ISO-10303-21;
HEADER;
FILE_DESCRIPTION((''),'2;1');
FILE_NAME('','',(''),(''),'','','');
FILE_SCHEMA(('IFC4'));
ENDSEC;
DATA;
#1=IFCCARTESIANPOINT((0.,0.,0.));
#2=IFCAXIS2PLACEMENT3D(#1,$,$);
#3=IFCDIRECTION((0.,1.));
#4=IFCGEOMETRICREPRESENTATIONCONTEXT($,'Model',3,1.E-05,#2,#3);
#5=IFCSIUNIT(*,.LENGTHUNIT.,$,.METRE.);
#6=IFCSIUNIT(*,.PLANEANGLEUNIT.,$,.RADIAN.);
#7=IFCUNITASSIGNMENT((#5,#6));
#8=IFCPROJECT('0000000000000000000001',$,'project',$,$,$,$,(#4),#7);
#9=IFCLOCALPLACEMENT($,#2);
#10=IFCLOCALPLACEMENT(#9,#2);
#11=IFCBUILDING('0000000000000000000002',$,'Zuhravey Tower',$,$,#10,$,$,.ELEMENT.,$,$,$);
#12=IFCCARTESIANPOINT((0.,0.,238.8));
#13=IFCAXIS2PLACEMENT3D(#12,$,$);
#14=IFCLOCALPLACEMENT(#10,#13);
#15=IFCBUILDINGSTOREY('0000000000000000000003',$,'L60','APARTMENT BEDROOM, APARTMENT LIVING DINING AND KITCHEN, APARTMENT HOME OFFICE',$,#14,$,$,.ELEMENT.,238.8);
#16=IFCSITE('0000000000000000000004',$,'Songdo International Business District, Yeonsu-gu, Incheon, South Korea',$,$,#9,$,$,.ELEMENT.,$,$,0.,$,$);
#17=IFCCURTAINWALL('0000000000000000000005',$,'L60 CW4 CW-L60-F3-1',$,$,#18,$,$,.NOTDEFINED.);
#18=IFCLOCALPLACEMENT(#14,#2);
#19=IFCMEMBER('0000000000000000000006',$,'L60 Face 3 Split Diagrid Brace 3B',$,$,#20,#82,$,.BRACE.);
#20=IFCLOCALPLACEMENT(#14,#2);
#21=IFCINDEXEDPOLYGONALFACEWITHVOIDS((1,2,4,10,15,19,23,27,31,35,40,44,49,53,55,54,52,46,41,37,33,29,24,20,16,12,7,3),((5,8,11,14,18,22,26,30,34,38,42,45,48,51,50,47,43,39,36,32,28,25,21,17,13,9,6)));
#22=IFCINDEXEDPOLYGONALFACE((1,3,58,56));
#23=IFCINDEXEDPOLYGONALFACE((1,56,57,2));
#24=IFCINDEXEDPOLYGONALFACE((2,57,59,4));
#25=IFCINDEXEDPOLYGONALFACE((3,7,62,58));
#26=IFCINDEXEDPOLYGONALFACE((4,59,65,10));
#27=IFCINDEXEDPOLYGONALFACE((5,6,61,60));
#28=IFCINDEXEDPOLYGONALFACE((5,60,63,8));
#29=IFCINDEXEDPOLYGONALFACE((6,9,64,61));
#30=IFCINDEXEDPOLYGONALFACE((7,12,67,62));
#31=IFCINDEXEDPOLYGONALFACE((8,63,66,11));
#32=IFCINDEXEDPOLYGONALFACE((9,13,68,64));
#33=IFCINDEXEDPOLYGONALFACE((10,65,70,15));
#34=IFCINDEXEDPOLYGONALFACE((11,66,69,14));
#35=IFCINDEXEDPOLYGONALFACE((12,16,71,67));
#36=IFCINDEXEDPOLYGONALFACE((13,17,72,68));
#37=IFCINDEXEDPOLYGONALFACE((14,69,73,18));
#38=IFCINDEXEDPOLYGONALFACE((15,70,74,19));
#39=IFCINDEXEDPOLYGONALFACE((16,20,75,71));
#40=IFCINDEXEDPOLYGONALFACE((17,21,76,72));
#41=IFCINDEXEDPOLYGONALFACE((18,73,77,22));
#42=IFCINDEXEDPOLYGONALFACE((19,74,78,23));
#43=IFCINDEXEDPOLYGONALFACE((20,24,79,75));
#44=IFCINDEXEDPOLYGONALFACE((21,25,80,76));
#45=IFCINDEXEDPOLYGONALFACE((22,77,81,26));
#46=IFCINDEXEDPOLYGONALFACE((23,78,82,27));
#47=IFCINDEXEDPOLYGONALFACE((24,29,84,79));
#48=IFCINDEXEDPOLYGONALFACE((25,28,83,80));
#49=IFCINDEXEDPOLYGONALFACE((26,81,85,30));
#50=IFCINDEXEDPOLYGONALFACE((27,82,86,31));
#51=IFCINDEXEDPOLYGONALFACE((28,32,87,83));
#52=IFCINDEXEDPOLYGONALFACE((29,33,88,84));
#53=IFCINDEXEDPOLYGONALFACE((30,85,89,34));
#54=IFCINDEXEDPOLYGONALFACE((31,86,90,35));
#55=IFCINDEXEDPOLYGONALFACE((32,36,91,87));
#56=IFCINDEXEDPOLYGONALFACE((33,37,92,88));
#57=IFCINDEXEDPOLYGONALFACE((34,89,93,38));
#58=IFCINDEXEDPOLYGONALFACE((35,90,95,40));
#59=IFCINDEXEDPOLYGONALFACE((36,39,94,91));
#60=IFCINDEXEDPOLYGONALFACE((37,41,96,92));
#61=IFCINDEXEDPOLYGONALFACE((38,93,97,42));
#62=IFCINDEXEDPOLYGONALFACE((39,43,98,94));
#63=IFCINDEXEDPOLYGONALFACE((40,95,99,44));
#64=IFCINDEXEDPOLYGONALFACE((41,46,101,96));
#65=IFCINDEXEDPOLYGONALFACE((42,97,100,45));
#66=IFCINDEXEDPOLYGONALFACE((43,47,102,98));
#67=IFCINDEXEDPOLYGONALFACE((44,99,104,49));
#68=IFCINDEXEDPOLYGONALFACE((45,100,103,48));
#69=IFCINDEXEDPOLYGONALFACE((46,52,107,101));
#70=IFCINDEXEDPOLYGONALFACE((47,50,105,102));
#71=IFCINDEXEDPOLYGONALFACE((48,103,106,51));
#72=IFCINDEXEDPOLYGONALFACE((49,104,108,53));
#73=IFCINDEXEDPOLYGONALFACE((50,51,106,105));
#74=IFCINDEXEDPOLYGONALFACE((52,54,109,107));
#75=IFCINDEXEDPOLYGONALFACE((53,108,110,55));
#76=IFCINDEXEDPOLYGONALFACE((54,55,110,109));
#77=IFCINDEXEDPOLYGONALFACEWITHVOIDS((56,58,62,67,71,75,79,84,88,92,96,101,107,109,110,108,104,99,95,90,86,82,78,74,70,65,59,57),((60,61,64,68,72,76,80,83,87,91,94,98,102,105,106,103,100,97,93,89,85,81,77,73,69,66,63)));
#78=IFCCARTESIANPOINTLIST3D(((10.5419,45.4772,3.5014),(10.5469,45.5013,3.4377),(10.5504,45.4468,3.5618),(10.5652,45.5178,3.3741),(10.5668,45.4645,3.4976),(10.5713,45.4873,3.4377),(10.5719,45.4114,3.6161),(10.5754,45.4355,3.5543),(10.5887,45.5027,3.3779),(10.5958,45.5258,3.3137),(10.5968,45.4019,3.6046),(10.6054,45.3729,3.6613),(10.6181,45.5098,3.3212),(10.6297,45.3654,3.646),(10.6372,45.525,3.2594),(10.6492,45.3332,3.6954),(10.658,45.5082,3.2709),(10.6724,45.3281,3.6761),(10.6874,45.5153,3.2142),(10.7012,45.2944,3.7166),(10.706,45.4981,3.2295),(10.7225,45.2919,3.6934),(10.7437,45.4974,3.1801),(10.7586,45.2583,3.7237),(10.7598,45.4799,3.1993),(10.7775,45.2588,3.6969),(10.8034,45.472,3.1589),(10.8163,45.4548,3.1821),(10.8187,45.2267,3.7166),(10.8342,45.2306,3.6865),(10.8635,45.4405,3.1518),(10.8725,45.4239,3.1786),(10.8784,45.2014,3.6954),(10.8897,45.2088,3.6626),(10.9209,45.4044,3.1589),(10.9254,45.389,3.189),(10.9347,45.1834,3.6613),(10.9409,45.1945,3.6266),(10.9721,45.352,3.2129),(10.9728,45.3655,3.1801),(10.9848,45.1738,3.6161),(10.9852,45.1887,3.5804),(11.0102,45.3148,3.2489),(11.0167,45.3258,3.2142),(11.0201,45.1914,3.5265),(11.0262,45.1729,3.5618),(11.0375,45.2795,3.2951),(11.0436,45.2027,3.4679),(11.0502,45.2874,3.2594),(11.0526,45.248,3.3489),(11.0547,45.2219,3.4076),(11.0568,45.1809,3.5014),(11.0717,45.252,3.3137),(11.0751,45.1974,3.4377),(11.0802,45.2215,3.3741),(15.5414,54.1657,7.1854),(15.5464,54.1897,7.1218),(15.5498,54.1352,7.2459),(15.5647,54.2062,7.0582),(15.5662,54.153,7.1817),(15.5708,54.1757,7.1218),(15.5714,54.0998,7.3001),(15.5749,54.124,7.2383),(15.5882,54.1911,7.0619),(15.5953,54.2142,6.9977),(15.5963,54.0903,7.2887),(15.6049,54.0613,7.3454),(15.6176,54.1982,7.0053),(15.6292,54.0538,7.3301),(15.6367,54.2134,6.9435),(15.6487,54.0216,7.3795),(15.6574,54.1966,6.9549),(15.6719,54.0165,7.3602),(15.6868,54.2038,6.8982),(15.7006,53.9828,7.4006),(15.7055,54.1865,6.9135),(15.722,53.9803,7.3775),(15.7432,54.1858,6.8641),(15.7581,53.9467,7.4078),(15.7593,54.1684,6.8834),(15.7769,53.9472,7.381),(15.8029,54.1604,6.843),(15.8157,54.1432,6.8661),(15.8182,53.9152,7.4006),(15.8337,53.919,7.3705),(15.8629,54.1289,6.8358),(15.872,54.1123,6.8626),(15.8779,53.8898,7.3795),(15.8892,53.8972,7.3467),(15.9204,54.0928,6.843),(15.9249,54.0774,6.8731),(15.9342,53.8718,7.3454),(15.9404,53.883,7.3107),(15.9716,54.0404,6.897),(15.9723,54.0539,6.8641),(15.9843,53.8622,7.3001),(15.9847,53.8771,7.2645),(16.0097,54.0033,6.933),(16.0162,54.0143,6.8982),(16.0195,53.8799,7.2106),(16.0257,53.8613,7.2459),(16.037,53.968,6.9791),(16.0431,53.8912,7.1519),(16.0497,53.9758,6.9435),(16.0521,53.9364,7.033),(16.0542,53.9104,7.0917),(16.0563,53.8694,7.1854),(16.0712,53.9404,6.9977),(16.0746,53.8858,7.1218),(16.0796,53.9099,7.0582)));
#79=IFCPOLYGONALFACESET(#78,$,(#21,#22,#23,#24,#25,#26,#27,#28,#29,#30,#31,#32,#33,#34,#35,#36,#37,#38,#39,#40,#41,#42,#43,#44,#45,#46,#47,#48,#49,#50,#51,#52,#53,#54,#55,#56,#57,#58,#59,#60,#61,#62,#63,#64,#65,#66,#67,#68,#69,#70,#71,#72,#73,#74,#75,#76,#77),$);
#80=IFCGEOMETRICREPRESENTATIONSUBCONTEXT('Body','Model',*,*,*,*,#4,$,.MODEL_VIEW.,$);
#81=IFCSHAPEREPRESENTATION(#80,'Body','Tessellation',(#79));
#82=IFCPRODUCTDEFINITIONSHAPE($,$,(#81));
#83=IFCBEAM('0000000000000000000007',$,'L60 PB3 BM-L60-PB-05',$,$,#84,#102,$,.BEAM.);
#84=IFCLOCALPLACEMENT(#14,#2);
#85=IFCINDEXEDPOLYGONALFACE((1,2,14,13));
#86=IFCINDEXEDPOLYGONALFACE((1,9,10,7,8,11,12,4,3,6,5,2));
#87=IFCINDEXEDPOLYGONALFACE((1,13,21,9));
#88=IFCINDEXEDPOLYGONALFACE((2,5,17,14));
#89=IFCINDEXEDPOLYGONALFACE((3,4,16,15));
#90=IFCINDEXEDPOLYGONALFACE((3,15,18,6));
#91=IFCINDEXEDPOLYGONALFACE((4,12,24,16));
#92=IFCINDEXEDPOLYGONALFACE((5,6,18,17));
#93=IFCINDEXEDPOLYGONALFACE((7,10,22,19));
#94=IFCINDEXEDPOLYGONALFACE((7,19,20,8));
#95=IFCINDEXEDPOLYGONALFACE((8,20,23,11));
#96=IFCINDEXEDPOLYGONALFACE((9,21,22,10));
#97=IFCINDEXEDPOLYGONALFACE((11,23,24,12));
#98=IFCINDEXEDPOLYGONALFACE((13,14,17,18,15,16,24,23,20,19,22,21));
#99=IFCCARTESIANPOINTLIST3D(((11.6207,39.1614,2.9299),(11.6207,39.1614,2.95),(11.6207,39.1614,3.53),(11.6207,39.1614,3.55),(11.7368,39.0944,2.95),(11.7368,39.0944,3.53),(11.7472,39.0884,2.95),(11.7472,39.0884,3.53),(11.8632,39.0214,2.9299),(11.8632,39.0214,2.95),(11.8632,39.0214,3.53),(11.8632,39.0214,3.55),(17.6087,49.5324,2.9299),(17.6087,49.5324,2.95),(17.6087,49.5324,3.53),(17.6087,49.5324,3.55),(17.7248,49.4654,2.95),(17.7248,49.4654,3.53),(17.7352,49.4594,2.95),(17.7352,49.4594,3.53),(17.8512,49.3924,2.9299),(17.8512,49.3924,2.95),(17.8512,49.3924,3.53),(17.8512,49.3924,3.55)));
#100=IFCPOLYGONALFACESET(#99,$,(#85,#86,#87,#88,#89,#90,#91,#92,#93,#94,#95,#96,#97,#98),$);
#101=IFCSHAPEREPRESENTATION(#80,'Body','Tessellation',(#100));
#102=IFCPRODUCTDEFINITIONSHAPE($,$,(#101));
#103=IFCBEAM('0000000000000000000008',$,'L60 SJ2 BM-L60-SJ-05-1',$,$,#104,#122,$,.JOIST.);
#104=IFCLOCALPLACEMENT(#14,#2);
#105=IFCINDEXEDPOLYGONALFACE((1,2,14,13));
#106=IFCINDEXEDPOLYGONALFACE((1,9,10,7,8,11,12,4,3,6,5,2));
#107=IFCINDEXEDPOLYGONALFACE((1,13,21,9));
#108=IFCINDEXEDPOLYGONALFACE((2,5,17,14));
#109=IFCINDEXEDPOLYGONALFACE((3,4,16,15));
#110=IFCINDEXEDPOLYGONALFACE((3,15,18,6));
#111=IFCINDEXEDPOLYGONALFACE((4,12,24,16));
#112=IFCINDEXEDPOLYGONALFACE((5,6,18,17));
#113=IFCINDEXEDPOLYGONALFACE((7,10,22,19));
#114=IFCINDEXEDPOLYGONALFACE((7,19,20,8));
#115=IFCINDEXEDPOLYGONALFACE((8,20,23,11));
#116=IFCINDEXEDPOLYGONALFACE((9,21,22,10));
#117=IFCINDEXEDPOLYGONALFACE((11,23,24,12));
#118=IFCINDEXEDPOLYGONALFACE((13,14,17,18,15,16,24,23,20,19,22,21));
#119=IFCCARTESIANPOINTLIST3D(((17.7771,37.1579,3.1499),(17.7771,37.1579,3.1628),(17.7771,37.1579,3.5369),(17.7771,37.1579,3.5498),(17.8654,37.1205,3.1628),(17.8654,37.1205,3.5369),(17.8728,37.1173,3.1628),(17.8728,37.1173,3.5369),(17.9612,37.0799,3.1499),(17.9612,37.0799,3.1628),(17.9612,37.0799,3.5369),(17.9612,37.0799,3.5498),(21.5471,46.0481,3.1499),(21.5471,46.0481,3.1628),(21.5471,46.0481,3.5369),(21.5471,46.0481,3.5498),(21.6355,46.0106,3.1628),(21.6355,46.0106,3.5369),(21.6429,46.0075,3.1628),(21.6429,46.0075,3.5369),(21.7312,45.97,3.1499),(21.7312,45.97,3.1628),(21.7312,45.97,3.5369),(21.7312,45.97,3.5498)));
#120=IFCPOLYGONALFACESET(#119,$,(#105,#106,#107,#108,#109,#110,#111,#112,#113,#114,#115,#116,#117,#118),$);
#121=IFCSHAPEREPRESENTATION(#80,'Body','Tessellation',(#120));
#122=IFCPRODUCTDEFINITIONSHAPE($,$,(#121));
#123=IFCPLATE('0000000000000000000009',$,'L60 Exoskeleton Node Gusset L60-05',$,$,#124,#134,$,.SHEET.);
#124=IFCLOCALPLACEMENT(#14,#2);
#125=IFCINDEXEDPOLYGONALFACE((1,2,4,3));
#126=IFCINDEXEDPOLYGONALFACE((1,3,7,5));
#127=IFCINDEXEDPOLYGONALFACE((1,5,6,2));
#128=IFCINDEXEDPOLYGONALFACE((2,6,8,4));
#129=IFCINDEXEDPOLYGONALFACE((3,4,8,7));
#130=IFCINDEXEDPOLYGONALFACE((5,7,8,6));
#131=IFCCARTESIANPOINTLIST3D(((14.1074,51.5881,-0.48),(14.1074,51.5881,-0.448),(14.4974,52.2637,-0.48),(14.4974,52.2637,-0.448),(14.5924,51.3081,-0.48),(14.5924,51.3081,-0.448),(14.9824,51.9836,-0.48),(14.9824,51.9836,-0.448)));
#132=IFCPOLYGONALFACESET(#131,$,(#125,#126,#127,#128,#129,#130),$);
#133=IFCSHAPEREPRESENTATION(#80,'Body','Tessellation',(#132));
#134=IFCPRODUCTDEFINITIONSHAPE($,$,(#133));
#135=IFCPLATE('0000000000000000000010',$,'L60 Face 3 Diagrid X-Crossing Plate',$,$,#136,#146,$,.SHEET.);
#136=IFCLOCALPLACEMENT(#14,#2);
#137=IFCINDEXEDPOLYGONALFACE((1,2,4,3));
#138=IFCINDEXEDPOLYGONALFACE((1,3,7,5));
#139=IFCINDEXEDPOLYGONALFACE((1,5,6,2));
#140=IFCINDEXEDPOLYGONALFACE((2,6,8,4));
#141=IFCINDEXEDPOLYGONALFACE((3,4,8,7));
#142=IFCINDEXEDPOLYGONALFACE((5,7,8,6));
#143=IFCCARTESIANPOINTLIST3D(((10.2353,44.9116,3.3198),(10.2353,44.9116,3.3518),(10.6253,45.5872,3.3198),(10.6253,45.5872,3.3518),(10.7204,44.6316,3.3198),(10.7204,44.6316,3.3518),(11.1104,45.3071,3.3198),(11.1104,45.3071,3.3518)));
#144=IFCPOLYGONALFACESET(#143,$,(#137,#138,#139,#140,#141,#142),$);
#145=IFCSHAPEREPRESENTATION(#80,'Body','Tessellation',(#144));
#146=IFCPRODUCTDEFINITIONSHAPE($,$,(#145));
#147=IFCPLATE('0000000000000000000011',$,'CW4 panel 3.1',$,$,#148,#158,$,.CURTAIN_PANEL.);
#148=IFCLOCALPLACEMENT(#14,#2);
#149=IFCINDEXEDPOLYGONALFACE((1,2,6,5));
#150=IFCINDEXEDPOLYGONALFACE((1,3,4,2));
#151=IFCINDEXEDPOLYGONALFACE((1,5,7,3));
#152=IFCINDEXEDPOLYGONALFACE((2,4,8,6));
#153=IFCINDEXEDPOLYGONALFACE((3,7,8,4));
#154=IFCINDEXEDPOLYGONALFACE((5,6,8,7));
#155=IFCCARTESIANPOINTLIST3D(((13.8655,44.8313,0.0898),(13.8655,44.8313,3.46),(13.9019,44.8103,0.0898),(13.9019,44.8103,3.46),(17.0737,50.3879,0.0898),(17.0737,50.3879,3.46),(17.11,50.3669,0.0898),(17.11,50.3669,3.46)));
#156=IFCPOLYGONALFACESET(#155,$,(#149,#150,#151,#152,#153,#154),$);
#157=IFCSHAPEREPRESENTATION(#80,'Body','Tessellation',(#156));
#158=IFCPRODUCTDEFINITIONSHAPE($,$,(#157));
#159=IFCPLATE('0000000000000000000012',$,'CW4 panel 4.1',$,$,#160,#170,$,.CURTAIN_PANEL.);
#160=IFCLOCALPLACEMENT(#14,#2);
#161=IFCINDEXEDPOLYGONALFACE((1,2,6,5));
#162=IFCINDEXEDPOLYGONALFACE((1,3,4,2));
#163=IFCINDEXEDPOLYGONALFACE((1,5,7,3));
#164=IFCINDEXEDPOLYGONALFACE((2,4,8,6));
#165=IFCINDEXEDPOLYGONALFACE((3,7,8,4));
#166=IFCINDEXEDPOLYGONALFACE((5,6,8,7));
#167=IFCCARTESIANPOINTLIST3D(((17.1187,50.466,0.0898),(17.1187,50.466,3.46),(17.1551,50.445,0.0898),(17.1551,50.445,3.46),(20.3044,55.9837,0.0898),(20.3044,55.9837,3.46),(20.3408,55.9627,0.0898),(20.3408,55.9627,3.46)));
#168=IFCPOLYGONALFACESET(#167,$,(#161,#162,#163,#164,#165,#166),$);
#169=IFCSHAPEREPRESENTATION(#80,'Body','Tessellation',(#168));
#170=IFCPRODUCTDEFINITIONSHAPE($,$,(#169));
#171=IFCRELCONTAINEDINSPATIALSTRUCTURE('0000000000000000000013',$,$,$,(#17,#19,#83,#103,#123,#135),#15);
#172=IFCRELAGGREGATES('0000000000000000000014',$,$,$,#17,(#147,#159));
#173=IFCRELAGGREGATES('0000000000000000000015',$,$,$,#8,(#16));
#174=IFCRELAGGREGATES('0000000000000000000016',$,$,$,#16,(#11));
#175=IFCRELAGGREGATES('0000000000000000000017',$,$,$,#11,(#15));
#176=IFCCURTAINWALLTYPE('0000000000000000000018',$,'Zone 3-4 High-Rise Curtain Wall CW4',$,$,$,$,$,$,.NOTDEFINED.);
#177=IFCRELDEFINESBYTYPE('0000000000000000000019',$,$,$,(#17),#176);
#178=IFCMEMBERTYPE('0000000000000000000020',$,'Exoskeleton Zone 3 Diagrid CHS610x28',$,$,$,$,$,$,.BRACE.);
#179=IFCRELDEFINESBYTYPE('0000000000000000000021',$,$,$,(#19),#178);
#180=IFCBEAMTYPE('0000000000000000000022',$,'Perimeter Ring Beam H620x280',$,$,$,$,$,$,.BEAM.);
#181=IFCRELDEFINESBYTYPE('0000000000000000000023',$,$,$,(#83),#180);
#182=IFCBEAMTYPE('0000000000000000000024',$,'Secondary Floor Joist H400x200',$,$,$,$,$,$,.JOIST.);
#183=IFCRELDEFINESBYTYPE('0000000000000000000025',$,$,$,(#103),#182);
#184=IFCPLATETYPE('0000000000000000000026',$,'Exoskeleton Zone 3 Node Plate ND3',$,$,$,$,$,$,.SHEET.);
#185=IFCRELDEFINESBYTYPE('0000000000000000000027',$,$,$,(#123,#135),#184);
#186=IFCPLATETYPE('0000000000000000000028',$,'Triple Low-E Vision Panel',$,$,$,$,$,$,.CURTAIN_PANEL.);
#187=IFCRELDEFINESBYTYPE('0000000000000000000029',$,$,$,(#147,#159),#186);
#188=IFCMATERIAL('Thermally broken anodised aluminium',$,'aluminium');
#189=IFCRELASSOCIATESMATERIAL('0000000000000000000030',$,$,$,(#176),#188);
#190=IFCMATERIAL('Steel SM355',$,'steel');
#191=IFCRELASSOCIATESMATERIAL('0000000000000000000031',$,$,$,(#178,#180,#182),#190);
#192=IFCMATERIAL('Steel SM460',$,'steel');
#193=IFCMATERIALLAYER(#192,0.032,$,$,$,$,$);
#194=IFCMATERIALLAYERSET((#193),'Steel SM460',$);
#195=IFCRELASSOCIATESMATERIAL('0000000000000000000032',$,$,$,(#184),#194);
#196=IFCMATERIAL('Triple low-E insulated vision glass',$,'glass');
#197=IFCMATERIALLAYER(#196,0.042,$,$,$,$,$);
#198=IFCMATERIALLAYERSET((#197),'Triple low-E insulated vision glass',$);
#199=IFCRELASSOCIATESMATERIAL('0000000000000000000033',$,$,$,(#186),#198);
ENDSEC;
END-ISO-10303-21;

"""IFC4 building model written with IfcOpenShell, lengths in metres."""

from ifc_helpers import new_model, si_unit, direction, frame, origin, origin_2d, place, context, subcontext, project, spatial, rectangle, hollow_circle, i_section, extrude, material, layer, layer_set, material_profile, profile_set, type_object, element, aggregate, save


model = new_model("IFC4")

# Units and contexts
model_context = context("Model", 3, precision=1e-05, world=origin(), true_north=direction((0.0, 1.0)))
body_context = subcontext(model_context, "Body", "Model", "MODEL_VIEW")
ifc_project = project(units=[si_unit("LENGTHUNIT", "METRE"), si_unit("PLANEANGLEUNIT", "RADIAN")], contexts=[model_context])

# Site, building, storey
site_placement = place(None, origin())
site = spatial("IfcSite", under=ifc_project, at=site_placement, Name="Songdo International Business District, Yeonsu-gu, Incheon, South Korea", CompositionType="ELEMENT", RefElevation=0.0)
building_placement = place(site_placement, origin())
building = spatial("IfcBuilding", under=site, at=building_placement, Name="Zuhravey Tower", CompositionType="ELEMENT")
storey_placement = place(building_placement, frame((0.0, 0.0, 238.8)))
storey = spatial("IfcBuildingStorey", under=building, at=storey_placement, Name="L60", Description="APARTMENT BEDROOM, APARTMENT LIVING DINING AND KITCHEN, APARTMENT HOME OFFICE", CompositionType="ELEMENT", Elevation=238.8)

# Curtain wall
ifc_material_1 = material(Name="Thermally broken anodised aluminium", Category="aluminium")
curtain_wall_type = type_object("IfcCurtainWallType", Name="Zone 3-4 High-Rise Curtain Wall CW4", PredefinedType="NOTDEFINED", material=ifc_material_1)
curtain_wall_1_placement = place(storey_placement, origin())
curtain_wall_1 = element("IfcCurtainWall", 1, at=curtain_wall_1_placement, inside=storey, type_object=curtain_wall_type, Name="L60 CW4 CW-L60-F3-1", PredefinedType="NOTDEFINED")

# Member
ifc_material_2 = material(Name="Steel SM355", Category="steel")
ifc_material_profile_1 = material_profile(ifc_material_2, hollow_circle(Radius=0.3047, WallThickness=0.0281, at=origin_2d()), Name="CHS-609.6x28")
ifc_profile_set_1 = profile_set([ifc_material_profile_1], Name="Steel SM355")
member_type_1 = type_object("IfcMemberType", Name="Exoskeleton Zone 3 Diagrid CHS610x28", PredefinedType="BRACE", material=ifc_profile_set_1)
member_1_placement = place(storey_placement, frame((10.811, 45.3494, 3.4377), z_axis=(0.46813, 0.813546, 0.344959), x_axis=(-0.866749, 0.498744, 0.0)))
element("IfcMember", 2, at=member_1_placement, inside=storey, type_object=member_type_1, Name="L60 Face 3 Split Diagrid Brace 3B", PredefinedType="BRACE", context=body_context, shape_type="SweptSolid", body=[
    extrude(hollow_circle(Radius=0.3047, WallThickness=0.0281, at=origin_2d()), origin(), (0.0, 0.0, 1.0), 10.6797),
])

# Beams
ifc_material_profile_2 = material_profile(ifc_material_2, i_section(OverallWidth=0.28, OverallDepth=0.6201, WebThickness=0.012, FlangeThickness=0.02, at=origin_2d()), Name="H-620x280x12x20")
ifc_profile_set_2 = profile_set([ifc_material_profile_2], Name="Steel SM355")
beam_type_1 = type_object("IfcBeamType", Name="Perimeter Ring Beam H620x280", PredefinedType="BEAM", material=ifc_profile_set_2)
beam_1_placement = place(storey_placement, frame((17.73, 49.4624, 3.24), z_axis=(-0.500018, -0.866015, 0.0), x_axis=(0.866015, -0.500018, 0.0)))
element("IfcBeam", 3, at=beam_1_placement, inside=storey, type_object=beam_type_1, Name="L60 PB3 BM-L60-PB-05", PredefinedType="BEAM", context=body_context, shape_type="SweptSolid", body=[
    extrude(i_section(OverallWidth=0.28, OverallDepth=0.6201, WebThickness=0.012, FlangeThickness=0.02, at=origin_2d()), origin(), (0.0, 0.0, 1.0), 11.9756),
])
ifc_material_profile_3 = material_profile(ifc_material_2, i_section(OverallWidth=0.2, OverallDepth=0.3999, WebThickness=0.0081, FlangeThickness=0.0129, at=origin_2d()), Name="H-400x200x8x13")
ifc_profile_set_3 = profile_set([ifc_material_profile_3], Name="Steel SM355")
beam_type_2 = type_object("IfcBeamType", Name="Secondary Floor Joist H400x200", PredefinedType="JOIST", material=ifc_profile_set_3)
beam_2_placement = place(storey_placement, frame((21.6392, 46.009, 3.3499), z_axis=(-0.390413, -0.92064, 0.0), x_axis=(0.92064, -0.390413, 0.0)))
element("IfcBeam", 4, at=beam_2_placement, inside=storey, type_object=beam_type_2, Name="L60 SJ2 BM-L60-SJ-05-1", PredefinedType="JOIST", context=body_context, shape_type="SweptSolid", body=[
    extrude(i_section(OverallWidth=0.2, OverallDepth=0.3999, WebThickness=0.0081, FlangeThickness=0.0129, at=origin_2d()), origin(), (0.0, 0.0, 1.0), 9.6565),
])

# Plates
ifc_material_3 = material(Name="Steel SM460", Category="steel")
ifc_layer_1 = layer(ifc_material_3, 0.032)
ifc_layer_set_1 = layer_set([ifc_layer_1], Name="Steel SM460")
plate_type_1 = type_object("IfcPlateType", Name="Exoskeleton Zone 3 Node Plate ND3", PredefinedType="SHEET", material=ifc_layer_set_1)
for number, where, z_axis, x_axis, name in (
    (5, (14.5449, 51.7859, -0.48), (0.0, 0.0, 1.0), (-0.5, -0.866025, 0.0), "L60 Exoskeleton Node Gusset L60-05"),
    (6, (10.6729, 45.1094, 3.3198), (0.0, 0.0, 1.0), (-0.5, -0.866025, 0.0), "L60 Face 3 Diagrid X-Crossing Plate"),
):
    element("IfcPlate", number, at=place(storey_placement, frame(where, z_axis=z_axis, x_axis=x_axis)), inside=storey, type_object=plate_type_1, Name=name, PredefinedType="SHEET", context=body_context, shape_type="SweptSolid", body=[
        extrude(rectangle(XDim=0.78, YDim=0.5601, at=origin_2d()), origin(), (0.0, 0.0, 1.0), 0.032),
    ])

# Plates
ifc_material_4 = material(Name="Triple low-E insulated vision glass", Category="glass")
ifc_layer_2 = layer(ifc_material_4, 0.042)
ifc_layer_set_2 = layer_set([ifc_layer_2], Name="Triple low-E insulated vision glass")
plate_type_2 = type_object("IfcPlateType", Name="Triple Low-E Vision Panel", PredefinedType="CURTAIN_PANEL", material=ifc_layer_set_2)
plate_1_placement = place(storey_placement, frame((15.4878, 47.5991, 0.0898), z_axis=(0.0, 0.0, 1.0), x_axis=(0.500001, 0.866025, 0.0)))
plate_1 = element("IfcPlate", 7, at=plate_1_placement, type_object=plate_type_2, Name="CW4 panel 3.1", PredefinedType="CURTAIN_PANEL", context=body_context, shape_type="SweptSolid", body=[
    extrude(rectangle(XDim=6.4163, YDim=0.042, at=origin_2d()), origin(), (0.0, 0.0, 1.0), 3.3701),
])
plate_2_placement = place(storey_placement, frame((18.7297, 53.2144, 0.0898), z_axis=(0.0, 0.0, 1.0), x_axis=(0.500001, 0.866025, 0.0)))
plate_2 = element("IfcPlate", 8, at=plate_2_placement, type_object=plate_type_2, Name="CW4 panel 4.1", PredefinedType="CURTAIN_PANEL", context=body_context, shape_type="SweptSolid", body=[
    extrude(rectangle(XDim=6.3713, YDim=0.042, at=origin_2d()), origin(), (0.0, 0.0, 1.0), 3.3701),
])
aggregate(curtain_wall_1, [plate_1, plate_2])

save(model, "model.ifc")
